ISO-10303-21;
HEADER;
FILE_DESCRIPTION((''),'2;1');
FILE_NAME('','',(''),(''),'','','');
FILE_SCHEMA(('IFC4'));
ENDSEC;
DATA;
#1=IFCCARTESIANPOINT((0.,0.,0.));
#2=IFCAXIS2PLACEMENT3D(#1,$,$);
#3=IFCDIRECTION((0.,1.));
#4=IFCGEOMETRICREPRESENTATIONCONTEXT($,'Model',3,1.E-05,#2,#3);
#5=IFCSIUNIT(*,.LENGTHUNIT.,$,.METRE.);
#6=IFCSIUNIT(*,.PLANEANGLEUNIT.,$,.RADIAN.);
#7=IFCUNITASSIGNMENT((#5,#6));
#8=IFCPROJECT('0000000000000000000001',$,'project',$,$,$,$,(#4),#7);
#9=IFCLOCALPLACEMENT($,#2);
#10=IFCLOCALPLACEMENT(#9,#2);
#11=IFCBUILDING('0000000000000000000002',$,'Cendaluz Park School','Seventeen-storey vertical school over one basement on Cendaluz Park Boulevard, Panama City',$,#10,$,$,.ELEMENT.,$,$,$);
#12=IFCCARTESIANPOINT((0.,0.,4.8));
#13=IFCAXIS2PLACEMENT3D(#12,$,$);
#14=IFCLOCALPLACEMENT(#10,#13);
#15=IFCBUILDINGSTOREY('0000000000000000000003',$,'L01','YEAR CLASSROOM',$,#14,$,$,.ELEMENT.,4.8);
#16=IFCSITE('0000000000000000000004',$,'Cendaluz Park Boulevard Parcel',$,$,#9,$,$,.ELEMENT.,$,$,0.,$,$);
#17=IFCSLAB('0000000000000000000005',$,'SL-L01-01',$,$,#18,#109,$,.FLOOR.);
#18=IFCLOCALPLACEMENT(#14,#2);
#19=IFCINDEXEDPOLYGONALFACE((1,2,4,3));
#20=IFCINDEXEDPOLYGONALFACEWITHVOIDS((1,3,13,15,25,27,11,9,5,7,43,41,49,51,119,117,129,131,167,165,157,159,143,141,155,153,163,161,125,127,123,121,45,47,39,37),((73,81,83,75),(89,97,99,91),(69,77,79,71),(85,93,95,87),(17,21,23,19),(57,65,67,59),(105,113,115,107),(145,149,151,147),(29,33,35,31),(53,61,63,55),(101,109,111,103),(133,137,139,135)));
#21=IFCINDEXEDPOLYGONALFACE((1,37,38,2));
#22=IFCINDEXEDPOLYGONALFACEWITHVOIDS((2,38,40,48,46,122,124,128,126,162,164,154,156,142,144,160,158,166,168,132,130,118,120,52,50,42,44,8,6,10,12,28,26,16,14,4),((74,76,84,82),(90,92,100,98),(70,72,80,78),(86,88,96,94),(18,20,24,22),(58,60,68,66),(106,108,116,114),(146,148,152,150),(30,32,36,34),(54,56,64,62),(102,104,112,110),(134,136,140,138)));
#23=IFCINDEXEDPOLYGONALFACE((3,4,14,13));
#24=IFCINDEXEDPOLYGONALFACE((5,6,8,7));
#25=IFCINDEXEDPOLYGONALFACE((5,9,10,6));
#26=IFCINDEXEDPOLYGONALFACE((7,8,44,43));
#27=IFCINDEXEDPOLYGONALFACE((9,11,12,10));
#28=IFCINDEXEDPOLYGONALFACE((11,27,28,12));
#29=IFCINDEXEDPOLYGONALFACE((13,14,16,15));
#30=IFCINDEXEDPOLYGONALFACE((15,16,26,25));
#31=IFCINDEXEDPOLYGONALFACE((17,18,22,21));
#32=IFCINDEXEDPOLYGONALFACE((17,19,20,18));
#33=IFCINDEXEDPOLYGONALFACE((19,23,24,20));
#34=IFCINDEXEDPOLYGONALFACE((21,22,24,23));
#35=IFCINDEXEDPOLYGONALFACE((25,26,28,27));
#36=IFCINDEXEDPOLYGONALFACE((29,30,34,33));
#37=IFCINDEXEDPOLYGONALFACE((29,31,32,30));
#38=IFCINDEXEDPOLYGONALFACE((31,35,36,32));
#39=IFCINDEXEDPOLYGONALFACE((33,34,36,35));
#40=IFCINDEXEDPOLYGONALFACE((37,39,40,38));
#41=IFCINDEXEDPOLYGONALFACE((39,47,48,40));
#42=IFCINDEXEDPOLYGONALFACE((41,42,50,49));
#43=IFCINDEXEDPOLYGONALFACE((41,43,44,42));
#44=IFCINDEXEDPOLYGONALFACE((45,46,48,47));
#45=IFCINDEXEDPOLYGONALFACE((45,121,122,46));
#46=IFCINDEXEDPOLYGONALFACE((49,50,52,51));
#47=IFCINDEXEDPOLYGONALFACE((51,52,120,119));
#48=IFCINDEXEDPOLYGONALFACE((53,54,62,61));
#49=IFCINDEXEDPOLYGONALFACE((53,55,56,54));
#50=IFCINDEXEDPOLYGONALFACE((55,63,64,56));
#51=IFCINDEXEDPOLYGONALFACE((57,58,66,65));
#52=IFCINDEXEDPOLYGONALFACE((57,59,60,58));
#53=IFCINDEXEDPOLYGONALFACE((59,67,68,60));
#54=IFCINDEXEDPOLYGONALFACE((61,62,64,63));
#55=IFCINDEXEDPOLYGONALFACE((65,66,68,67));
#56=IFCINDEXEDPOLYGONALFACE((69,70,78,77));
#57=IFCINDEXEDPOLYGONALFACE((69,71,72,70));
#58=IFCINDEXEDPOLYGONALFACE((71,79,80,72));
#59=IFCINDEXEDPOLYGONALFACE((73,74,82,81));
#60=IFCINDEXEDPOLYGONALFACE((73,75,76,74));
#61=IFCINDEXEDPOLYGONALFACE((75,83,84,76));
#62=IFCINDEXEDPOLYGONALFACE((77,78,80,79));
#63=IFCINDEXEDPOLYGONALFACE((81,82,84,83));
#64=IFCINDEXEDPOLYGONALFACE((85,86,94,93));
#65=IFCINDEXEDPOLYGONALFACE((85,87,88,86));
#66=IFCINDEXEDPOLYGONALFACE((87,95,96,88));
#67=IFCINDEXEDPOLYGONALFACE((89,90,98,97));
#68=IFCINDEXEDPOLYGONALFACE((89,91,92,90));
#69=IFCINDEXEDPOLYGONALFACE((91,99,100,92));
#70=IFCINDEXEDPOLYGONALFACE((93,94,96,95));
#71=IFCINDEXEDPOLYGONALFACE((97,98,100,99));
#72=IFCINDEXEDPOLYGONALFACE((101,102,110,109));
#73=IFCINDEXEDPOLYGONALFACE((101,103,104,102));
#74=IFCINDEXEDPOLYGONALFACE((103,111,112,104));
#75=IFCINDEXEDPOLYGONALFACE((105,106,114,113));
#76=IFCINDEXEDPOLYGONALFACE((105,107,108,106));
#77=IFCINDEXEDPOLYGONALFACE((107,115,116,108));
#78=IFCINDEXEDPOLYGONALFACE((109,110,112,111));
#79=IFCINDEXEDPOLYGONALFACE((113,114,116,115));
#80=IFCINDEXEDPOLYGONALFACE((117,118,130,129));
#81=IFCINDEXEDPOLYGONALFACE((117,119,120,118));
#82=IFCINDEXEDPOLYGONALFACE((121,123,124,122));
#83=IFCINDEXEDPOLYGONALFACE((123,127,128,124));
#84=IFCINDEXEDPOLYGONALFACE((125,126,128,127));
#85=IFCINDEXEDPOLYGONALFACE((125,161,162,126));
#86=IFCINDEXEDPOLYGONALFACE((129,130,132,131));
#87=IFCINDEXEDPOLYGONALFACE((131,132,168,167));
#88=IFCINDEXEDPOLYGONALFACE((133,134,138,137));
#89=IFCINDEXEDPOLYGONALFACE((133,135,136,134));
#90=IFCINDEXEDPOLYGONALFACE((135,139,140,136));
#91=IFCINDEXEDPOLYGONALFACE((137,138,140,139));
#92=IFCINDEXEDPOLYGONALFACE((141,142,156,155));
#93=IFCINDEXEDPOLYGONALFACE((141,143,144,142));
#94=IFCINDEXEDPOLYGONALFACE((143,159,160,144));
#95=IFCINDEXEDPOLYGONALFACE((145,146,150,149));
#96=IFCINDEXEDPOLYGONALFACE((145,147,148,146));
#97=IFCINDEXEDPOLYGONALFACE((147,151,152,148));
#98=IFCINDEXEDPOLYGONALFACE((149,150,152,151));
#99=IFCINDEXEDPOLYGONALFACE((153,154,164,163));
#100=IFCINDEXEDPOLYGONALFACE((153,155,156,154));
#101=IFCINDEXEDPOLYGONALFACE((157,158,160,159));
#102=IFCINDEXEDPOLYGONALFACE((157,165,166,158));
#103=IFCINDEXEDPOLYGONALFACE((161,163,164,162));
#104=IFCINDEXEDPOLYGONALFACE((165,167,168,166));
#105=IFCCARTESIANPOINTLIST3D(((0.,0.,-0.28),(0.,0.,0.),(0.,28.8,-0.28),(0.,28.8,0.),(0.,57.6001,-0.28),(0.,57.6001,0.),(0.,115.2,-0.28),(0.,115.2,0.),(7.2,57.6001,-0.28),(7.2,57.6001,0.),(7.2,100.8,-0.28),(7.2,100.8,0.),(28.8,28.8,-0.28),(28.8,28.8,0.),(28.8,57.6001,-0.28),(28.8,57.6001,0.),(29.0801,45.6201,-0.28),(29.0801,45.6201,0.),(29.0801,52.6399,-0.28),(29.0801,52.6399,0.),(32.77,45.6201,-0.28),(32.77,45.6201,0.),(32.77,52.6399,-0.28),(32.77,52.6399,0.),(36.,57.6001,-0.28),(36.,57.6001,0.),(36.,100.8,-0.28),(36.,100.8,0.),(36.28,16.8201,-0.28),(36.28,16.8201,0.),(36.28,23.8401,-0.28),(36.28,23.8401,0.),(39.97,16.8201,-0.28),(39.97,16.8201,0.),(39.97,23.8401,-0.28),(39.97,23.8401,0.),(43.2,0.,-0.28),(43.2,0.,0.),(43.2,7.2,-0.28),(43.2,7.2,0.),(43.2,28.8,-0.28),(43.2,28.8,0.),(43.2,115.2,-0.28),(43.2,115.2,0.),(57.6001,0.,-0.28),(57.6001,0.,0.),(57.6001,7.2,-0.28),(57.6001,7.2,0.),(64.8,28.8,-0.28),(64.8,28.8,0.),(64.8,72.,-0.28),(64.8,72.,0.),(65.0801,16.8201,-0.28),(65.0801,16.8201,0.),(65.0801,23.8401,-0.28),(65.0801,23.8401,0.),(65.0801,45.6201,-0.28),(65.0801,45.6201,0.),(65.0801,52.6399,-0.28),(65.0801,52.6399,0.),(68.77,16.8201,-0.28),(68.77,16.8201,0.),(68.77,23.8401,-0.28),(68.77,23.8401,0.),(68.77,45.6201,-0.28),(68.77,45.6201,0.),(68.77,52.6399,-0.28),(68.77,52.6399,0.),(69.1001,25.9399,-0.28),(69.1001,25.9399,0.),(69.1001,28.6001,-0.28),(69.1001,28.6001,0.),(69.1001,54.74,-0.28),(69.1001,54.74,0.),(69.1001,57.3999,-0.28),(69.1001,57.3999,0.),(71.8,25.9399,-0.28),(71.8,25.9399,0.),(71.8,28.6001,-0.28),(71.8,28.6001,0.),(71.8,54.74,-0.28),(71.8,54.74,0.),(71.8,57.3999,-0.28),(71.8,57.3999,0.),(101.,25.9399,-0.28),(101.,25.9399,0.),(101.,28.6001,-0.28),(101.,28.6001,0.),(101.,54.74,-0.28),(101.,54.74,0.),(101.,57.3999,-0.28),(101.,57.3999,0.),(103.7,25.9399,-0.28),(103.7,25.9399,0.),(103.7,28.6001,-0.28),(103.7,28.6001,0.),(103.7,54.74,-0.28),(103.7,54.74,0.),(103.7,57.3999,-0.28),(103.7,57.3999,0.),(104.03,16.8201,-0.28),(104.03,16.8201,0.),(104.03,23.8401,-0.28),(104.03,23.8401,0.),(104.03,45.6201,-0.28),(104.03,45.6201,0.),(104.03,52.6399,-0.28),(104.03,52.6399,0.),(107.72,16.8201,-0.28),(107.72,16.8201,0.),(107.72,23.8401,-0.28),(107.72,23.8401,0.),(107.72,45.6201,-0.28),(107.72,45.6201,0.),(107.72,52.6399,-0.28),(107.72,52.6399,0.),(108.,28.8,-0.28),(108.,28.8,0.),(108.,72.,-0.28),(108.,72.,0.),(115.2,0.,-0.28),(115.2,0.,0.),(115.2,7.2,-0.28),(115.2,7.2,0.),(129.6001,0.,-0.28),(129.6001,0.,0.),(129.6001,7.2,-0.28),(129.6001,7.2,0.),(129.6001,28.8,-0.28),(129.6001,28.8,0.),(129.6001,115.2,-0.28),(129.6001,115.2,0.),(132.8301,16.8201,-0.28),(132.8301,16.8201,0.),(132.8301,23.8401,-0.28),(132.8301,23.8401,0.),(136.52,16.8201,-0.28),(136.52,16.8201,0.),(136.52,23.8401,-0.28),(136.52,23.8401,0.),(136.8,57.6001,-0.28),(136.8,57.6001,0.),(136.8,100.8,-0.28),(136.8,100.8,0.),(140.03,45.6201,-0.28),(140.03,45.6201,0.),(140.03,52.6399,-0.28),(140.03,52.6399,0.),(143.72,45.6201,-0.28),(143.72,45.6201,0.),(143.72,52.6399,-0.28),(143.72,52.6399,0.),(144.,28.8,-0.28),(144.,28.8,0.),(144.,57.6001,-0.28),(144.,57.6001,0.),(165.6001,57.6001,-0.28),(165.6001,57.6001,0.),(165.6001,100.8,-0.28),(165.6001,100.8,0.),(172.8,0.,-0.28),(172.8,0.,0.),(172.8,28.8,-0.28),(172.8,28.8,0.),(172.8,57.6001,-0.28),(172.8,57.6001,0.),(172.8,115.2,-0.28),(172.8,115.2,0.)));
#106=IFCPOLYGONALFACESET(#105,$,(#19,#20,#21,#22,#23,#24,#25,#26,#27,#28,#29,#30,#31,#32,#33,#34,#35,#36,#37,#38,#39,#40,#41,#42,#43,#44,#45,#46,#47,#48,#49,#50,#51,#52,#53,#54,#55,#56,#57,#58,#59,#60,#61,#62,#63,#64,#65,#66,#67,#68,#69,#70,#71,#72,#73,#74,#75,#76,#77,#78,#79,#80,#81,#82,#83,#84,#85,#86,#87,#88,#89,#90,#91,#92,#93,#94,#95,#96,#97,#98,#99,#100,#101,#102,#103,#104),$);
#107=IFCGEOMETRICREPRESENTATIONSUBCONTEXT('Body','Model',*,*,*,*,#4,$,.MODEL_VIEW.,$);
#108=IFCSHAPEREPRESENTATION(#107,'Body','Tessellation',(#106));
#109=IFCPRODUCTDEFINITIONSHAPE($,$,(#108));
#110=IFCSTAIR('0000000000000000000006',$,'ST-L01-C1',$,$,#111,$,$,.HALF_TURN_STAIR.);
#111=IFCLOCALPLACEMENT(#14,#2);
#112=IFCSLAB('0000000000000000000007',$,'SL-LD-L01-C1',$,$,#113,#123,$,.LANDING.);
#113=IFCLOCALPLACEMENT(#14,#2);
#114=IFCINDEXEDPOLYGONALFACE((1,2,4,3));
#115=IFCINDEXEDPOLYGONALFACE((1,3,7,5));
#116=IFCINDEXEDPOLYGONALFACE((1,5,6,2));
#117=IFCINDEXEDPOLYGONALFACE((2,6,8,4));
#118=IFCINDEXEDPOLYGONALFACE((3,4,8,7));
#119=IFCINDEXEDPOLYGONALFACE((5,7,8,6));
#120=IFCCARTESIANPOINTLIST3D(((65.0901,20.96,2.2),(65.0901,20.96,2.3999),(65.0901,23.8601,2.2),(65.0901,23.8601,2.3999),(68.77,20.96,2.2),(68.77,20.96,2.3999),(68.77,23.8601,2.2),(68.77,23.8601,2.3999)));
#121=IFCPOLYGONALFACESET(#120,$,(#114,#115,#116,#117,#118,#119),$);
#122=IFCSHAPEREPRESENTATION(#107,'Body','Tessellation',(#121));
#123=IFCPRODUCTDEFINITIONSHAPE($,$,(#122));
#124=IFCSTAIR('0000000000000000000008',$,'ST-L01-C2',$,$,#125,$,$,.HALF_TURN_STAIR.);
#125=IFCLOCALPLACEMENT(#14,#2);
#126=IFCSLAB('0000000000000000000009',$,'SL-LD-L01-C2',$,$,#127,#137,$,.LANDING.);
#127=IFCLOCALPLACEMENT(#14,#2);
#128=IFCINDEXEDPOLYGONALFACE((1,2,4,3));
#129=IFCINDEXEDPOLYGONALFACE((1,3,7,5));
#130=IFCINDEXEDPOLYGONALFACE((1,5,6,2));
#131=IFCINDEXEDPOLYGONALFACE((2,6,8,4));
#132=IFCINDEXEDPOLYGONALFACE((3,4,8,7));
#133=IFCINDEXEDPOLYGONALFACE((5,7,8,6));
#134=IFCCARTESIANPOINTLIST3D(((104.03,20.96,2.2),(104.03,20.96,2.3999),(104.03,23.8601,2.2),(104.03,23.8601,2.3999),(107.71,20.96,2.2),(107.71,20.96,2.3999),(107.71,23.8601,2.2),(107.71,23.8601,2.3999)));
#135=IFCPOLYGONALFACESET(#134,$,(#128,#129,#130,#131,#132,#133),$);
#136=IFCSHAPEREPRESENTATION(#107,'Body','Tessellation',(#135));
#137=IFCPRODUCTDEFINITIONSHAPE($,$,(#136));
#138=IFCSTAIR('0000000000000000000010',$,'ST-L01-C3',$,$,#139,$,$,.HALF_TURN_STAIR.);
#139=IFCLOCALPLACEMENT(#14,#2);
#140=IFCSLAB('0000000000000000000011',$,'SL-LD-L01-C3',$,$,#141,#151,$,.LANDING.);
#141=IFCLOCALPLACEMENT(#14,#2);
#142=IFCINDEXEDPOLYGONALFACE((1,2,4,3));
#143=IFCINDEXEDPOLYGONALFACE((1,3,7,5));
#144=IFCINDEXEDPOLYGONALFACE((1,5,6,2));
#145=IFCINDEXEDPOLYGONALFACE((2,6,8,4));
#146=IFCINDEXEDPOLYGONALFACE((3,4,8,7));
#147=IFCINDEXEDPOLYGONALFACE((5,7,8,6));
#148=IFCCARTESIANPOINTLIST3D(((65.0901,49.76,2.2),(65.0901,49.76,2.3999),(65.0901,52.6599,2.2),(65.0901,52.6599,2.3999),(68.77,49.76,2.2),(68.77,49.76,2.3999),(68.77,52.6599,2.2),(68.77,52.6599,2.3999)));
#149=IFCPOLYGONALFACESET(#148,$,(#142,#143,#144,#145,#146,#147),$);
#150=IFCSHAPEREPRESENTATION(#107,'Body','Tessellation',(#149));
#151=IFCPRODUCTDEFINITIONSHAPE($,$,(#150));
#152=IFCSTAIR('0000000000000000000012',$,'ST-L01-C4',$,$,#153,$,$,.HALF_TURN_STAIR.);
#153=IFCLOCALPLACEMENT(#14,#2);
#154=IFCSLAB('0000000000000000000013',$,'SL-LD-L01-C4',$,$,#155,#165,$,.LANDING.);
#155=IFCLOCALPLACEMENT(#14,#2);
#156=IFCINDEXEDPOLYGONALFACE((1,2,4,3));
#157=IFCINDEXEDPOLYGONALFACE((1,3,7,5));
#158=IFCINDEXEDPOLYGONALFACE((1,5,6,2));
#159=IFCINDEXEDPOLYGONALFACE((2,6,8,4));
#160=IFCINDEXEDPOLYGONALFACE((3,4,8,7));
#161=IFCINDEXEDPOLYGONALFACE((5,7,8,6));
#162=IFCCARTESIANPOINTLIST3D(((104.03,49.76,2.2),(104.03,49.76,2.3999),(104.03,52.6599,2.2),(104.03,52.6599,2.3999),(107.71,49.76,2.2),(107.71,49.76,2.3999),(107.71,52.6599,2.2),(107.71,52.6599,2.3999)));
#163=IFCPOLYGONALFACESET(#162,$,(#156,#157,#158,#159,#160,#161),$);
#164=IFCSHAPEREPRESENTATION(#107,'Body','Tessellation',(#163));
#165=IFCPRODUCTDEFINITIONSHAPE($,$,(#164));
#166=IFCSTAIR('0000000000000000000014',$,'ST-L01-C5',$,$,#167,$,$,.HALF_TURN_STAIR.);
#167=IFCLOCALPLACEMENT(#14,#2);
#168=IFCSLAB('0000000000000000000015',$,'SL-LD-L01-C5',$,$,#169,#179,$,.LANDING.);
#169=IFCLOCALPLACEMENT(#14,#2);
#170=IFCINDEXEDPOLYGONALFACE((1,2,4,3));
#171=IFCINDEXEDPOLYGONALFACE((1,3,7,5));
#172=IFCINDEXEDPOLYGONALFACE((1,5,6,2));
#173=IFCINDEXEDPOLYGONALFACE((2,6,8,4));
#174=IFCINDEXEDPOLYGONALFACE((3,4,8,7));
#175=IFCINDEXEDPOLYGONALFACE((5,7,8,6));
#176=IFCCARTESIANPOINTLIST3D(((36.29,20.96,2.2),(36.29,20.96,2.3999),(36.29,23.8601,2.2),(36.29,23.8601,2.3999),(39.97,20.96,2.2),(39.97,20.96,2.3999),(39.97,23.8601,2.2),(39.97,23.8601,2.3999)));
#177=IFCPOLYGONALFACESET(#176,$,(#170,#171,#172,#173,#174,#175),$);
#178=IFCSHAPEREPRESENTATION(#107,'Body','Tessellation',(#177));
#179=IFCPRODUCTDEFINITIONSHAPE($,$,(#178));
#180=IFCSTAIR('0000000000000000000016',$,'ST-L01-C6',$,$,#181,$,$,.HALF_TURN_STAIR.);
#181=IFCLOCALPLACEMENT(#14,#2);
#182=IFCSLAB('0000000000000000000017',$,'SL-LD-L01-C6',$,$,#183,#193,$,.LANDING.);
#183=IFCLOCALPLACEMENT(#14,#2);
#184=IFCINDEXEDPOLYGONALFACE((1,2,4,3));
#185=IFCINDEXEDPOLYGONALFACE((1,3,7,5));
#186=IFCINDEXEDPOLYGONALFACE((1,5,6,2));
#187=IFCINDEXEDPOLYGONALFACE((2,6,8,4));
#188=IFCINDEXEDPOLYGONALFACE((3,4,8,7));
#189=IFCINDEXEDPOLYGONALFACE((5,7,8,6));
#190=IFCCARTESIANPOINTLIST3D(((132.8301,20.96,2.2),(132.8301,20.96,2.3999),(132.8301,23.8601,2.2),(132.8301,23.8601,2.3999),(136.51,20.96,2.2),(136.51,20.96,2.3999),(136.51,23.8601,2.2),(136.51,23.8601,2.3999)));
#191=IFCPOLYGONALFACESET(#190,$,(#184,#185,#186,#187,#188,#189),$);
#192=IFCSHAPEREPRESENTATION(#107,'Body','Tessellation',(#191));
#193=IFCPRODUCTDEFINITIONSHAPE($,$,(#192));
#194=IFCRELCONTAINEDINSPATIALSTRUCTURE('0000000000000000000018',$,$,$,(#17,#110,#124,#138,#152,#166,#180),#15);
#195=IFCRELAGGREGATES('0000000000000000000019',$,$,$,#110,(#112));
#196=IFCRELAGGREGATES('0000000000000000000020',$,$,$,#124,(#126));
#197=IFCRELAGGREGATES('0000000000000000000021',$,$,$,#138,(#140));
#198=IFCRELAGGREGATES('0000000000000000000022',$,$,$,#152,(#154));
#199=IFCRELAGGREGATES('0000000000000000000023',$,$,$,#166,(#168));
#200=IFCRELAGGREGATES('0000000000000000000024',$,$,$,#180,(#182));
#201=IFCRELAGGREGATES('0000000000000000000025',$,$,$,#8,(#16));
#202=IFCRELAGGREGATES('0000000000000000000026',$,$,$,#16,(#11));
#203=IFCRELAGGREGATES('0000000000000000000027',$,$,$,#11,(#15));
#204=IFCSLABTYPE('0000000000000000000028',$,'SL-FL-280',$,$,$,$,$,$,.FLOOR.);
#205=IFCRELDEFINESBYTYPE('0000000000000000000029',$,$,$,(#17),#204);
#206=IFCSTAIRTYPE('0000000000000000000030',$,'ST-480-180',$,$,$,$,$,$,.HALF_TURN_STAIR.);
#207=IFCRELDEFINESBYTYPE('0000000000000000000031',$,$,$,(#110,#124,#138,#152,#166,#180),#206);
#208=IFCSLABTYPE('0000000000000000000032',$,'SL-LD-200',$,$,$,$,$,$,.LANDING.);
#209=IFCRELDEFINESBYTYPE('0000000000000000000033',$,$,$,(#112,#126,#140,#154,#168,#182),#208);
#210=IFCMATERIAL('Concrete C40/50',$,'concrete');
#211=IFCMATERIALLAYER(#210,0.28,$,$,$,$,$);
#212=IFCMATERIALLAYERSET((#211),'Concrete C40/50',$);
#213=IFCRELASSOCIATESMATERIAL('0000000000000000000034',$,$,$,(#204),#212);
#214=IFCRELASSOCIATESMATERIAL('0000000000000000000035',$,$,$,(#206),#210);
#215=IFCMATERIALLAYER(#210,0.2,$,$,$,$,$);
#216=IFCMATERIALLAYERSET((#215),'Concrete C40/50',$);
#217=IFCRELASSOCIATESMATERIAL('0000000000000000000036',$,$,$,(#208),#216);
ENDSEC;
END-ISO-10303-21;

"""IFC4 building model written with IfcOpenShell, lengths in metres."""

from ifc_helpers import new_model, si_unit, direction, frame, origin, place, context, subcontext, project, spatial, polyline, outline, extrude, material, layer, layer_set, type_object, element, aggregate, save


model = new_model("IFC4")

# Units and contexts
model_context = context("Model", 3, precision=1e-05, world=origin(), true_north=direction((0.0, 1.0)))
body_context = subcontext(model_context, "Body", "Model", "MODEL_VIEW")
ifc_project = project(units=[si_unit("LENGTHUNIT", "METRE"), si_unit("PLANEANGLEUNIT", "RADIAN")], contexts=[model_context])

# Site, building, storey
site_placement = place(None, origin())
site = spatial("IfcSite", under=ifc_project, at=site_placement, Name="Cendaluz Park Boulevard Parcel", CompositionType="ELEMENT", RefElevation=0.0)
building_placement = place(site_placement, origin())
building = spatial("IfcBuilding", under=site, at=building_placement, Name="Cendaluz Park School", Description="Seventeen-storey vertical school over one basement on Cendaluz Park Boulevard, Panama City", CompositionType="ELEMENT")
storey_placement = place(building_placement, frame((0.0, 0.0, 4.8)))
storey = spatial("IfcBuildingStorey", under=building, at=storey_placement, Name="L01", Description="YEAR CLASSROOM", CompositionType="ELEMENT", Elevation=4.8)

# Shared definitions
ifc_material_1 = material(Name="Concrete C40/50", Category="concrete")

# Slab
ifc_layer_1 = layer(ifc_material_1, 0.28)
ifc_layer_set_1 = layer_set([ifc_layer_1], Name="Concrete C40/50")
slab_type_1 = type_object("IfcSlabType", Name="SL-FL-280", PredefinedType="FLOOR", material=ifc_layer_set_1)
slab_1_placement = place(storey_placement, frame((0.0, 0.0, -0.28)))
element("IfcSlab", 1, at=slab_1_placement, inside=storey, type_object=slab_type_1, Name="SL-L01-01", PredefinedType="FLOOR", context=body_context, shape_type="SweptSolid", body=[
    extrude(outline(polyline([(36.0, 57.6001), (36.0, 100.8), (7.2, 100.8), (7.2, 57.6001), (0.0, 57.6001), (0.0, 115.2), (43.2, 115.2), (43.2, 28.8), (64.8, 28.8), (64.8, 72.0), (108.0, 72.0), (108.0, 28.8), (129.6001, 28.8), (129.6001, 115.2), (172.8, 115.2), (172.8, 57.6001), (165.6001, 57.6001), (165.6001, 100.8), (136.8, 100.8), (136.8, 57.6001), (144.0, 57.6001), (144.0, 28.8), (172.8, 28.8), (172.8, 0.0), (129.6001, 0.0), (129.6001, 7.2), (115.2, 7.2), (115.2, 0.0), (57.6001, 0.0), (57.6001, 7.2), (43.2, 7.2), (43.2, 0.0), (0.0, 0.0), (0.0, 28.8), (28.8, 28.8), (28.8, 57.6001), (36.0, 57.6001)]), holes=[polyline([(68.77, 16.8201), (68.77, 23.8401), (65.0801, 23.8401), (65.0801, 16.8201), (68.77, 16.8201)]), polyline([(69.1001, 25.9399), (71.8, 25.9399), (71.8, 28.6001), (69.1001, 28.6001), (69.1001, 25.9399)]), polyline([(104.03, 23.8401), (104.03, 16.8201), (107.72, 16.8201), (107.72, 23.8401), (104.03, 23.8401)]), polyline([(103.7, 28.6001), (101.0, 28.6001), (101.0, 25.9399), (103.7, 25.9399), (103.7, 28.6001)]), polyline([(68.77, 45.6201), (68.77, 52.6399), (65.0801, 52.6399), (65.0801, 45.6201), (68.77, 45.6201)]), polyline([(69.1001, 54.74), (71.8, 54.74), (71.8, 57.3999), (69.1001, 57.3999), (69.1001, 54.74)]), polyline([(104.03, 52.6399), (104.03, 45.6201), (107.72, 45.6201), (107.72, 52.6399), (104.03, 52.6399)]), polyline([(103.7, 57.3999), (101.0, 57.3999), (101.0, 54.74), (103.7, 54.74), (103.7, 57.3999)]), polyline([(39.97, 16.8201), (39.97, 23.8401), (36.28, 23.8401), (36.28, 16.8201), (39.97, 16.8201)]), polyline([(132.8301, 16.8201), (136.52, 16.8201), (136.52, 23.8401), (132.8301, 23.8401), (132.8301, 16.8201)]), polyline([(29.0801, 52.6399), (29.0801, 45.6201), (32.77, 45.6201), (32.77, 52.6399), (29.0801, 52.6399)]), polyline([(143.72, 52.6399), (140.03, 52.6399), (140.03, 45.6201), (143.72, 45.6201), (143.72, 52.6399)])]), origin(), (0.0, 0.0, 1.0), 0.28),
])

# Stairs, slabs
stair_type = type_object("IfcStairType", Name="ST-480-180", PredefinedType="HALF_TURN_STAIR", material=ifc_material_1)
stair_1_placement = place(storey_placement, origin())
stair_1 = element("IfcStair", 2, at=stair_1_placement, inside=storey, type_object=stair_type, Name="ST-L01-C1", PredefinedType="HALF_TURN_STAIR")
ifc_layer_2 = layer(ifc_material_1, 0.2)
ifc_layer_set_2 = layer_set([ifc_layer_2], Name="Concrete C40/50")
slab_type_2 = type_object("IfcSlabType", Name="SL-LD-200", PredefinedType="LANDING", material=ifc_layer_set_2)
slab_2_placement = place(storey_placement, frame((0.0, 0.0, 2.2)))
slab_2 = element("IfcSlab", 3, at=slab_2_placement, type_object=slab_type_2, Name="SL-LD-L01-C1", PredefinedType="LANDING", context=body_context, shape_type="SweptSolid", body=[
    extrude(outline(polyline([(65.0901, 20.96), (68.77, 20.96), (68.77, 23.8601), (65.0901, 23.8601), (65.0901, 20.96)])), origin(), (0.0, 0.0, 1.0), 0.2),
])
aggregate(stair_1, [slab_2])
stair_2_placement = place(storey_placement, origin())
stair_2 = element("IfcStair", 4, at=stair_2_placement, inside=storey, type_object=stair_type, Name="ST-L01-C2", PredefinedType="HALF_TURN_STAIR")
slab_3_placement = place(storey_placement, frame((0.0, 0.0, 2.2)))
slab_3 = element("IfcSlab", 5, at=slab_3_placement, type_object=slab_type_2, Name="SL-LD-L01-C2", PredefinedType="LANDING", context=body_context, shape_type="SweptSolid", body=[
    extrude(outline(polyline([(104.03, 20.96), (107.71, 20.96), (107.71, 23.8601), (104.03, 23.8601), (104.03, 20.96)])), origin(), (0.0, 0.0, 1.0), 0.2),
])
aggregate(stair_2, [slab_3])
stair_3_placement = place(storey_placement, origin())
stair_3 = element("IfcStair", 6, at=stair_3_placement, inside=storey, type_object=stair_type, Name="ST-L01-C3", PredefinedType="HALF_TURN_STAIR")
slab_4_placement = place(storey_placement, frame((0.0, 0.0, 2.2)))
slab_4 = element("IfcSlab", 7, at=slab_4_placement, type_object=slab_type_2, Name="SL-LD-L01-C3", PredefinedType="LANDING", context=body_context, shape_type="SweptSolid", body=[
    extrude(outline(polyline([(65.0901, 49.76), (68.77, 49.76), (68.77, 52.6599), (65.0901, 52.6599), (65.0901, 49.76)])), origin(), (0.0, 0.0, 1.0), 0.2),
])
aggregate(stair_3, [slab_4])
stair_4_placement = place(storey_placement, origin())
stair_4 = element("IfcStair", 8, at=stair_4_placement, inside=storey, type_object=stair_type, Name="ST-L01-C4", PredefinedType="HALF_TURN_STAIR")
slab_5_placement = place(storey_placement, frame((0.0, 0.0, 2.2)))
slab_5 = element("IfcSlab", 9, at=slab_5_placement, type_object=slab_type_2, Name="SL-LD-L01-C4", PredefinedType="LANDING", context=body_context, shape_type="SweptSolid", body=[
    extrude(outline(polyline([(104.03, 49.76), (107.71, 49.76), (107.71, 52.6599), (104.03, 52.6599), (104.03, 49.76)])), origin(), (0.0, 0.0, 1.0), 0.2),
])
aggregate(stair_4, [slab_5])
stair_5_placement = place(storey_placement, origin())
stair_5 = element("IfcStair", 10, at=stair_5_placement, inside=storey, type_object=stair_type, Name="ST-L01-C5", PredefinedType="HALF_TURN_STAIR")
slab_6_placement = place(storey_placement, frame((0.0, 0.0, 2.2)))
slab_6 = element("IfcSlab", 11, at=slab_6_placement, type_object=slab_type_2, Name="SL-LD-L01-C5", PredefinedType="LANDING", context=body_context, shape_type="SweptSolid", body=[
    extrude(outline(polyline([(36.29, 20.96), (39.97, 20.96), (39.97, 23.8601), (36.29, 23.8601), (36.29, 20.96)])), origin(), (0.0, 0.0, 1.0), 0.2),
])
aggregate(stair_5, [slab_6])
stair_6_placement = place(storey_placement, origin())
stair_6 = element("IfcStair", 12, at=stair_6_placement, inside=storey, type_object=stair_type, Name="ST-L01-C6", PredefinedType="HALF_TURN_STAIR")
slab_7_placement = place(storey_placement, frame((0.0, 0.0, 2.2)))
slab_7 = element("IfcSlab", 13, at=slab_7_placement, type_object=slab_type_2, Name="SL-LD-L01-C6", PredefinedType="LANDING", context=body_context, shape_type="SweptSolid", body=[
    extrude(outline(polyline([(132.8301, 20.96), (136.51, 20.96), (136.51, 23.8601), (132.8301, 23.8601), (132.8301, 20.96)])), origin(), (0.0, 0.0, 1.0), 0.2),
])
aggregate(stair_6, [slab_7])

save(model, "model.ifc")
